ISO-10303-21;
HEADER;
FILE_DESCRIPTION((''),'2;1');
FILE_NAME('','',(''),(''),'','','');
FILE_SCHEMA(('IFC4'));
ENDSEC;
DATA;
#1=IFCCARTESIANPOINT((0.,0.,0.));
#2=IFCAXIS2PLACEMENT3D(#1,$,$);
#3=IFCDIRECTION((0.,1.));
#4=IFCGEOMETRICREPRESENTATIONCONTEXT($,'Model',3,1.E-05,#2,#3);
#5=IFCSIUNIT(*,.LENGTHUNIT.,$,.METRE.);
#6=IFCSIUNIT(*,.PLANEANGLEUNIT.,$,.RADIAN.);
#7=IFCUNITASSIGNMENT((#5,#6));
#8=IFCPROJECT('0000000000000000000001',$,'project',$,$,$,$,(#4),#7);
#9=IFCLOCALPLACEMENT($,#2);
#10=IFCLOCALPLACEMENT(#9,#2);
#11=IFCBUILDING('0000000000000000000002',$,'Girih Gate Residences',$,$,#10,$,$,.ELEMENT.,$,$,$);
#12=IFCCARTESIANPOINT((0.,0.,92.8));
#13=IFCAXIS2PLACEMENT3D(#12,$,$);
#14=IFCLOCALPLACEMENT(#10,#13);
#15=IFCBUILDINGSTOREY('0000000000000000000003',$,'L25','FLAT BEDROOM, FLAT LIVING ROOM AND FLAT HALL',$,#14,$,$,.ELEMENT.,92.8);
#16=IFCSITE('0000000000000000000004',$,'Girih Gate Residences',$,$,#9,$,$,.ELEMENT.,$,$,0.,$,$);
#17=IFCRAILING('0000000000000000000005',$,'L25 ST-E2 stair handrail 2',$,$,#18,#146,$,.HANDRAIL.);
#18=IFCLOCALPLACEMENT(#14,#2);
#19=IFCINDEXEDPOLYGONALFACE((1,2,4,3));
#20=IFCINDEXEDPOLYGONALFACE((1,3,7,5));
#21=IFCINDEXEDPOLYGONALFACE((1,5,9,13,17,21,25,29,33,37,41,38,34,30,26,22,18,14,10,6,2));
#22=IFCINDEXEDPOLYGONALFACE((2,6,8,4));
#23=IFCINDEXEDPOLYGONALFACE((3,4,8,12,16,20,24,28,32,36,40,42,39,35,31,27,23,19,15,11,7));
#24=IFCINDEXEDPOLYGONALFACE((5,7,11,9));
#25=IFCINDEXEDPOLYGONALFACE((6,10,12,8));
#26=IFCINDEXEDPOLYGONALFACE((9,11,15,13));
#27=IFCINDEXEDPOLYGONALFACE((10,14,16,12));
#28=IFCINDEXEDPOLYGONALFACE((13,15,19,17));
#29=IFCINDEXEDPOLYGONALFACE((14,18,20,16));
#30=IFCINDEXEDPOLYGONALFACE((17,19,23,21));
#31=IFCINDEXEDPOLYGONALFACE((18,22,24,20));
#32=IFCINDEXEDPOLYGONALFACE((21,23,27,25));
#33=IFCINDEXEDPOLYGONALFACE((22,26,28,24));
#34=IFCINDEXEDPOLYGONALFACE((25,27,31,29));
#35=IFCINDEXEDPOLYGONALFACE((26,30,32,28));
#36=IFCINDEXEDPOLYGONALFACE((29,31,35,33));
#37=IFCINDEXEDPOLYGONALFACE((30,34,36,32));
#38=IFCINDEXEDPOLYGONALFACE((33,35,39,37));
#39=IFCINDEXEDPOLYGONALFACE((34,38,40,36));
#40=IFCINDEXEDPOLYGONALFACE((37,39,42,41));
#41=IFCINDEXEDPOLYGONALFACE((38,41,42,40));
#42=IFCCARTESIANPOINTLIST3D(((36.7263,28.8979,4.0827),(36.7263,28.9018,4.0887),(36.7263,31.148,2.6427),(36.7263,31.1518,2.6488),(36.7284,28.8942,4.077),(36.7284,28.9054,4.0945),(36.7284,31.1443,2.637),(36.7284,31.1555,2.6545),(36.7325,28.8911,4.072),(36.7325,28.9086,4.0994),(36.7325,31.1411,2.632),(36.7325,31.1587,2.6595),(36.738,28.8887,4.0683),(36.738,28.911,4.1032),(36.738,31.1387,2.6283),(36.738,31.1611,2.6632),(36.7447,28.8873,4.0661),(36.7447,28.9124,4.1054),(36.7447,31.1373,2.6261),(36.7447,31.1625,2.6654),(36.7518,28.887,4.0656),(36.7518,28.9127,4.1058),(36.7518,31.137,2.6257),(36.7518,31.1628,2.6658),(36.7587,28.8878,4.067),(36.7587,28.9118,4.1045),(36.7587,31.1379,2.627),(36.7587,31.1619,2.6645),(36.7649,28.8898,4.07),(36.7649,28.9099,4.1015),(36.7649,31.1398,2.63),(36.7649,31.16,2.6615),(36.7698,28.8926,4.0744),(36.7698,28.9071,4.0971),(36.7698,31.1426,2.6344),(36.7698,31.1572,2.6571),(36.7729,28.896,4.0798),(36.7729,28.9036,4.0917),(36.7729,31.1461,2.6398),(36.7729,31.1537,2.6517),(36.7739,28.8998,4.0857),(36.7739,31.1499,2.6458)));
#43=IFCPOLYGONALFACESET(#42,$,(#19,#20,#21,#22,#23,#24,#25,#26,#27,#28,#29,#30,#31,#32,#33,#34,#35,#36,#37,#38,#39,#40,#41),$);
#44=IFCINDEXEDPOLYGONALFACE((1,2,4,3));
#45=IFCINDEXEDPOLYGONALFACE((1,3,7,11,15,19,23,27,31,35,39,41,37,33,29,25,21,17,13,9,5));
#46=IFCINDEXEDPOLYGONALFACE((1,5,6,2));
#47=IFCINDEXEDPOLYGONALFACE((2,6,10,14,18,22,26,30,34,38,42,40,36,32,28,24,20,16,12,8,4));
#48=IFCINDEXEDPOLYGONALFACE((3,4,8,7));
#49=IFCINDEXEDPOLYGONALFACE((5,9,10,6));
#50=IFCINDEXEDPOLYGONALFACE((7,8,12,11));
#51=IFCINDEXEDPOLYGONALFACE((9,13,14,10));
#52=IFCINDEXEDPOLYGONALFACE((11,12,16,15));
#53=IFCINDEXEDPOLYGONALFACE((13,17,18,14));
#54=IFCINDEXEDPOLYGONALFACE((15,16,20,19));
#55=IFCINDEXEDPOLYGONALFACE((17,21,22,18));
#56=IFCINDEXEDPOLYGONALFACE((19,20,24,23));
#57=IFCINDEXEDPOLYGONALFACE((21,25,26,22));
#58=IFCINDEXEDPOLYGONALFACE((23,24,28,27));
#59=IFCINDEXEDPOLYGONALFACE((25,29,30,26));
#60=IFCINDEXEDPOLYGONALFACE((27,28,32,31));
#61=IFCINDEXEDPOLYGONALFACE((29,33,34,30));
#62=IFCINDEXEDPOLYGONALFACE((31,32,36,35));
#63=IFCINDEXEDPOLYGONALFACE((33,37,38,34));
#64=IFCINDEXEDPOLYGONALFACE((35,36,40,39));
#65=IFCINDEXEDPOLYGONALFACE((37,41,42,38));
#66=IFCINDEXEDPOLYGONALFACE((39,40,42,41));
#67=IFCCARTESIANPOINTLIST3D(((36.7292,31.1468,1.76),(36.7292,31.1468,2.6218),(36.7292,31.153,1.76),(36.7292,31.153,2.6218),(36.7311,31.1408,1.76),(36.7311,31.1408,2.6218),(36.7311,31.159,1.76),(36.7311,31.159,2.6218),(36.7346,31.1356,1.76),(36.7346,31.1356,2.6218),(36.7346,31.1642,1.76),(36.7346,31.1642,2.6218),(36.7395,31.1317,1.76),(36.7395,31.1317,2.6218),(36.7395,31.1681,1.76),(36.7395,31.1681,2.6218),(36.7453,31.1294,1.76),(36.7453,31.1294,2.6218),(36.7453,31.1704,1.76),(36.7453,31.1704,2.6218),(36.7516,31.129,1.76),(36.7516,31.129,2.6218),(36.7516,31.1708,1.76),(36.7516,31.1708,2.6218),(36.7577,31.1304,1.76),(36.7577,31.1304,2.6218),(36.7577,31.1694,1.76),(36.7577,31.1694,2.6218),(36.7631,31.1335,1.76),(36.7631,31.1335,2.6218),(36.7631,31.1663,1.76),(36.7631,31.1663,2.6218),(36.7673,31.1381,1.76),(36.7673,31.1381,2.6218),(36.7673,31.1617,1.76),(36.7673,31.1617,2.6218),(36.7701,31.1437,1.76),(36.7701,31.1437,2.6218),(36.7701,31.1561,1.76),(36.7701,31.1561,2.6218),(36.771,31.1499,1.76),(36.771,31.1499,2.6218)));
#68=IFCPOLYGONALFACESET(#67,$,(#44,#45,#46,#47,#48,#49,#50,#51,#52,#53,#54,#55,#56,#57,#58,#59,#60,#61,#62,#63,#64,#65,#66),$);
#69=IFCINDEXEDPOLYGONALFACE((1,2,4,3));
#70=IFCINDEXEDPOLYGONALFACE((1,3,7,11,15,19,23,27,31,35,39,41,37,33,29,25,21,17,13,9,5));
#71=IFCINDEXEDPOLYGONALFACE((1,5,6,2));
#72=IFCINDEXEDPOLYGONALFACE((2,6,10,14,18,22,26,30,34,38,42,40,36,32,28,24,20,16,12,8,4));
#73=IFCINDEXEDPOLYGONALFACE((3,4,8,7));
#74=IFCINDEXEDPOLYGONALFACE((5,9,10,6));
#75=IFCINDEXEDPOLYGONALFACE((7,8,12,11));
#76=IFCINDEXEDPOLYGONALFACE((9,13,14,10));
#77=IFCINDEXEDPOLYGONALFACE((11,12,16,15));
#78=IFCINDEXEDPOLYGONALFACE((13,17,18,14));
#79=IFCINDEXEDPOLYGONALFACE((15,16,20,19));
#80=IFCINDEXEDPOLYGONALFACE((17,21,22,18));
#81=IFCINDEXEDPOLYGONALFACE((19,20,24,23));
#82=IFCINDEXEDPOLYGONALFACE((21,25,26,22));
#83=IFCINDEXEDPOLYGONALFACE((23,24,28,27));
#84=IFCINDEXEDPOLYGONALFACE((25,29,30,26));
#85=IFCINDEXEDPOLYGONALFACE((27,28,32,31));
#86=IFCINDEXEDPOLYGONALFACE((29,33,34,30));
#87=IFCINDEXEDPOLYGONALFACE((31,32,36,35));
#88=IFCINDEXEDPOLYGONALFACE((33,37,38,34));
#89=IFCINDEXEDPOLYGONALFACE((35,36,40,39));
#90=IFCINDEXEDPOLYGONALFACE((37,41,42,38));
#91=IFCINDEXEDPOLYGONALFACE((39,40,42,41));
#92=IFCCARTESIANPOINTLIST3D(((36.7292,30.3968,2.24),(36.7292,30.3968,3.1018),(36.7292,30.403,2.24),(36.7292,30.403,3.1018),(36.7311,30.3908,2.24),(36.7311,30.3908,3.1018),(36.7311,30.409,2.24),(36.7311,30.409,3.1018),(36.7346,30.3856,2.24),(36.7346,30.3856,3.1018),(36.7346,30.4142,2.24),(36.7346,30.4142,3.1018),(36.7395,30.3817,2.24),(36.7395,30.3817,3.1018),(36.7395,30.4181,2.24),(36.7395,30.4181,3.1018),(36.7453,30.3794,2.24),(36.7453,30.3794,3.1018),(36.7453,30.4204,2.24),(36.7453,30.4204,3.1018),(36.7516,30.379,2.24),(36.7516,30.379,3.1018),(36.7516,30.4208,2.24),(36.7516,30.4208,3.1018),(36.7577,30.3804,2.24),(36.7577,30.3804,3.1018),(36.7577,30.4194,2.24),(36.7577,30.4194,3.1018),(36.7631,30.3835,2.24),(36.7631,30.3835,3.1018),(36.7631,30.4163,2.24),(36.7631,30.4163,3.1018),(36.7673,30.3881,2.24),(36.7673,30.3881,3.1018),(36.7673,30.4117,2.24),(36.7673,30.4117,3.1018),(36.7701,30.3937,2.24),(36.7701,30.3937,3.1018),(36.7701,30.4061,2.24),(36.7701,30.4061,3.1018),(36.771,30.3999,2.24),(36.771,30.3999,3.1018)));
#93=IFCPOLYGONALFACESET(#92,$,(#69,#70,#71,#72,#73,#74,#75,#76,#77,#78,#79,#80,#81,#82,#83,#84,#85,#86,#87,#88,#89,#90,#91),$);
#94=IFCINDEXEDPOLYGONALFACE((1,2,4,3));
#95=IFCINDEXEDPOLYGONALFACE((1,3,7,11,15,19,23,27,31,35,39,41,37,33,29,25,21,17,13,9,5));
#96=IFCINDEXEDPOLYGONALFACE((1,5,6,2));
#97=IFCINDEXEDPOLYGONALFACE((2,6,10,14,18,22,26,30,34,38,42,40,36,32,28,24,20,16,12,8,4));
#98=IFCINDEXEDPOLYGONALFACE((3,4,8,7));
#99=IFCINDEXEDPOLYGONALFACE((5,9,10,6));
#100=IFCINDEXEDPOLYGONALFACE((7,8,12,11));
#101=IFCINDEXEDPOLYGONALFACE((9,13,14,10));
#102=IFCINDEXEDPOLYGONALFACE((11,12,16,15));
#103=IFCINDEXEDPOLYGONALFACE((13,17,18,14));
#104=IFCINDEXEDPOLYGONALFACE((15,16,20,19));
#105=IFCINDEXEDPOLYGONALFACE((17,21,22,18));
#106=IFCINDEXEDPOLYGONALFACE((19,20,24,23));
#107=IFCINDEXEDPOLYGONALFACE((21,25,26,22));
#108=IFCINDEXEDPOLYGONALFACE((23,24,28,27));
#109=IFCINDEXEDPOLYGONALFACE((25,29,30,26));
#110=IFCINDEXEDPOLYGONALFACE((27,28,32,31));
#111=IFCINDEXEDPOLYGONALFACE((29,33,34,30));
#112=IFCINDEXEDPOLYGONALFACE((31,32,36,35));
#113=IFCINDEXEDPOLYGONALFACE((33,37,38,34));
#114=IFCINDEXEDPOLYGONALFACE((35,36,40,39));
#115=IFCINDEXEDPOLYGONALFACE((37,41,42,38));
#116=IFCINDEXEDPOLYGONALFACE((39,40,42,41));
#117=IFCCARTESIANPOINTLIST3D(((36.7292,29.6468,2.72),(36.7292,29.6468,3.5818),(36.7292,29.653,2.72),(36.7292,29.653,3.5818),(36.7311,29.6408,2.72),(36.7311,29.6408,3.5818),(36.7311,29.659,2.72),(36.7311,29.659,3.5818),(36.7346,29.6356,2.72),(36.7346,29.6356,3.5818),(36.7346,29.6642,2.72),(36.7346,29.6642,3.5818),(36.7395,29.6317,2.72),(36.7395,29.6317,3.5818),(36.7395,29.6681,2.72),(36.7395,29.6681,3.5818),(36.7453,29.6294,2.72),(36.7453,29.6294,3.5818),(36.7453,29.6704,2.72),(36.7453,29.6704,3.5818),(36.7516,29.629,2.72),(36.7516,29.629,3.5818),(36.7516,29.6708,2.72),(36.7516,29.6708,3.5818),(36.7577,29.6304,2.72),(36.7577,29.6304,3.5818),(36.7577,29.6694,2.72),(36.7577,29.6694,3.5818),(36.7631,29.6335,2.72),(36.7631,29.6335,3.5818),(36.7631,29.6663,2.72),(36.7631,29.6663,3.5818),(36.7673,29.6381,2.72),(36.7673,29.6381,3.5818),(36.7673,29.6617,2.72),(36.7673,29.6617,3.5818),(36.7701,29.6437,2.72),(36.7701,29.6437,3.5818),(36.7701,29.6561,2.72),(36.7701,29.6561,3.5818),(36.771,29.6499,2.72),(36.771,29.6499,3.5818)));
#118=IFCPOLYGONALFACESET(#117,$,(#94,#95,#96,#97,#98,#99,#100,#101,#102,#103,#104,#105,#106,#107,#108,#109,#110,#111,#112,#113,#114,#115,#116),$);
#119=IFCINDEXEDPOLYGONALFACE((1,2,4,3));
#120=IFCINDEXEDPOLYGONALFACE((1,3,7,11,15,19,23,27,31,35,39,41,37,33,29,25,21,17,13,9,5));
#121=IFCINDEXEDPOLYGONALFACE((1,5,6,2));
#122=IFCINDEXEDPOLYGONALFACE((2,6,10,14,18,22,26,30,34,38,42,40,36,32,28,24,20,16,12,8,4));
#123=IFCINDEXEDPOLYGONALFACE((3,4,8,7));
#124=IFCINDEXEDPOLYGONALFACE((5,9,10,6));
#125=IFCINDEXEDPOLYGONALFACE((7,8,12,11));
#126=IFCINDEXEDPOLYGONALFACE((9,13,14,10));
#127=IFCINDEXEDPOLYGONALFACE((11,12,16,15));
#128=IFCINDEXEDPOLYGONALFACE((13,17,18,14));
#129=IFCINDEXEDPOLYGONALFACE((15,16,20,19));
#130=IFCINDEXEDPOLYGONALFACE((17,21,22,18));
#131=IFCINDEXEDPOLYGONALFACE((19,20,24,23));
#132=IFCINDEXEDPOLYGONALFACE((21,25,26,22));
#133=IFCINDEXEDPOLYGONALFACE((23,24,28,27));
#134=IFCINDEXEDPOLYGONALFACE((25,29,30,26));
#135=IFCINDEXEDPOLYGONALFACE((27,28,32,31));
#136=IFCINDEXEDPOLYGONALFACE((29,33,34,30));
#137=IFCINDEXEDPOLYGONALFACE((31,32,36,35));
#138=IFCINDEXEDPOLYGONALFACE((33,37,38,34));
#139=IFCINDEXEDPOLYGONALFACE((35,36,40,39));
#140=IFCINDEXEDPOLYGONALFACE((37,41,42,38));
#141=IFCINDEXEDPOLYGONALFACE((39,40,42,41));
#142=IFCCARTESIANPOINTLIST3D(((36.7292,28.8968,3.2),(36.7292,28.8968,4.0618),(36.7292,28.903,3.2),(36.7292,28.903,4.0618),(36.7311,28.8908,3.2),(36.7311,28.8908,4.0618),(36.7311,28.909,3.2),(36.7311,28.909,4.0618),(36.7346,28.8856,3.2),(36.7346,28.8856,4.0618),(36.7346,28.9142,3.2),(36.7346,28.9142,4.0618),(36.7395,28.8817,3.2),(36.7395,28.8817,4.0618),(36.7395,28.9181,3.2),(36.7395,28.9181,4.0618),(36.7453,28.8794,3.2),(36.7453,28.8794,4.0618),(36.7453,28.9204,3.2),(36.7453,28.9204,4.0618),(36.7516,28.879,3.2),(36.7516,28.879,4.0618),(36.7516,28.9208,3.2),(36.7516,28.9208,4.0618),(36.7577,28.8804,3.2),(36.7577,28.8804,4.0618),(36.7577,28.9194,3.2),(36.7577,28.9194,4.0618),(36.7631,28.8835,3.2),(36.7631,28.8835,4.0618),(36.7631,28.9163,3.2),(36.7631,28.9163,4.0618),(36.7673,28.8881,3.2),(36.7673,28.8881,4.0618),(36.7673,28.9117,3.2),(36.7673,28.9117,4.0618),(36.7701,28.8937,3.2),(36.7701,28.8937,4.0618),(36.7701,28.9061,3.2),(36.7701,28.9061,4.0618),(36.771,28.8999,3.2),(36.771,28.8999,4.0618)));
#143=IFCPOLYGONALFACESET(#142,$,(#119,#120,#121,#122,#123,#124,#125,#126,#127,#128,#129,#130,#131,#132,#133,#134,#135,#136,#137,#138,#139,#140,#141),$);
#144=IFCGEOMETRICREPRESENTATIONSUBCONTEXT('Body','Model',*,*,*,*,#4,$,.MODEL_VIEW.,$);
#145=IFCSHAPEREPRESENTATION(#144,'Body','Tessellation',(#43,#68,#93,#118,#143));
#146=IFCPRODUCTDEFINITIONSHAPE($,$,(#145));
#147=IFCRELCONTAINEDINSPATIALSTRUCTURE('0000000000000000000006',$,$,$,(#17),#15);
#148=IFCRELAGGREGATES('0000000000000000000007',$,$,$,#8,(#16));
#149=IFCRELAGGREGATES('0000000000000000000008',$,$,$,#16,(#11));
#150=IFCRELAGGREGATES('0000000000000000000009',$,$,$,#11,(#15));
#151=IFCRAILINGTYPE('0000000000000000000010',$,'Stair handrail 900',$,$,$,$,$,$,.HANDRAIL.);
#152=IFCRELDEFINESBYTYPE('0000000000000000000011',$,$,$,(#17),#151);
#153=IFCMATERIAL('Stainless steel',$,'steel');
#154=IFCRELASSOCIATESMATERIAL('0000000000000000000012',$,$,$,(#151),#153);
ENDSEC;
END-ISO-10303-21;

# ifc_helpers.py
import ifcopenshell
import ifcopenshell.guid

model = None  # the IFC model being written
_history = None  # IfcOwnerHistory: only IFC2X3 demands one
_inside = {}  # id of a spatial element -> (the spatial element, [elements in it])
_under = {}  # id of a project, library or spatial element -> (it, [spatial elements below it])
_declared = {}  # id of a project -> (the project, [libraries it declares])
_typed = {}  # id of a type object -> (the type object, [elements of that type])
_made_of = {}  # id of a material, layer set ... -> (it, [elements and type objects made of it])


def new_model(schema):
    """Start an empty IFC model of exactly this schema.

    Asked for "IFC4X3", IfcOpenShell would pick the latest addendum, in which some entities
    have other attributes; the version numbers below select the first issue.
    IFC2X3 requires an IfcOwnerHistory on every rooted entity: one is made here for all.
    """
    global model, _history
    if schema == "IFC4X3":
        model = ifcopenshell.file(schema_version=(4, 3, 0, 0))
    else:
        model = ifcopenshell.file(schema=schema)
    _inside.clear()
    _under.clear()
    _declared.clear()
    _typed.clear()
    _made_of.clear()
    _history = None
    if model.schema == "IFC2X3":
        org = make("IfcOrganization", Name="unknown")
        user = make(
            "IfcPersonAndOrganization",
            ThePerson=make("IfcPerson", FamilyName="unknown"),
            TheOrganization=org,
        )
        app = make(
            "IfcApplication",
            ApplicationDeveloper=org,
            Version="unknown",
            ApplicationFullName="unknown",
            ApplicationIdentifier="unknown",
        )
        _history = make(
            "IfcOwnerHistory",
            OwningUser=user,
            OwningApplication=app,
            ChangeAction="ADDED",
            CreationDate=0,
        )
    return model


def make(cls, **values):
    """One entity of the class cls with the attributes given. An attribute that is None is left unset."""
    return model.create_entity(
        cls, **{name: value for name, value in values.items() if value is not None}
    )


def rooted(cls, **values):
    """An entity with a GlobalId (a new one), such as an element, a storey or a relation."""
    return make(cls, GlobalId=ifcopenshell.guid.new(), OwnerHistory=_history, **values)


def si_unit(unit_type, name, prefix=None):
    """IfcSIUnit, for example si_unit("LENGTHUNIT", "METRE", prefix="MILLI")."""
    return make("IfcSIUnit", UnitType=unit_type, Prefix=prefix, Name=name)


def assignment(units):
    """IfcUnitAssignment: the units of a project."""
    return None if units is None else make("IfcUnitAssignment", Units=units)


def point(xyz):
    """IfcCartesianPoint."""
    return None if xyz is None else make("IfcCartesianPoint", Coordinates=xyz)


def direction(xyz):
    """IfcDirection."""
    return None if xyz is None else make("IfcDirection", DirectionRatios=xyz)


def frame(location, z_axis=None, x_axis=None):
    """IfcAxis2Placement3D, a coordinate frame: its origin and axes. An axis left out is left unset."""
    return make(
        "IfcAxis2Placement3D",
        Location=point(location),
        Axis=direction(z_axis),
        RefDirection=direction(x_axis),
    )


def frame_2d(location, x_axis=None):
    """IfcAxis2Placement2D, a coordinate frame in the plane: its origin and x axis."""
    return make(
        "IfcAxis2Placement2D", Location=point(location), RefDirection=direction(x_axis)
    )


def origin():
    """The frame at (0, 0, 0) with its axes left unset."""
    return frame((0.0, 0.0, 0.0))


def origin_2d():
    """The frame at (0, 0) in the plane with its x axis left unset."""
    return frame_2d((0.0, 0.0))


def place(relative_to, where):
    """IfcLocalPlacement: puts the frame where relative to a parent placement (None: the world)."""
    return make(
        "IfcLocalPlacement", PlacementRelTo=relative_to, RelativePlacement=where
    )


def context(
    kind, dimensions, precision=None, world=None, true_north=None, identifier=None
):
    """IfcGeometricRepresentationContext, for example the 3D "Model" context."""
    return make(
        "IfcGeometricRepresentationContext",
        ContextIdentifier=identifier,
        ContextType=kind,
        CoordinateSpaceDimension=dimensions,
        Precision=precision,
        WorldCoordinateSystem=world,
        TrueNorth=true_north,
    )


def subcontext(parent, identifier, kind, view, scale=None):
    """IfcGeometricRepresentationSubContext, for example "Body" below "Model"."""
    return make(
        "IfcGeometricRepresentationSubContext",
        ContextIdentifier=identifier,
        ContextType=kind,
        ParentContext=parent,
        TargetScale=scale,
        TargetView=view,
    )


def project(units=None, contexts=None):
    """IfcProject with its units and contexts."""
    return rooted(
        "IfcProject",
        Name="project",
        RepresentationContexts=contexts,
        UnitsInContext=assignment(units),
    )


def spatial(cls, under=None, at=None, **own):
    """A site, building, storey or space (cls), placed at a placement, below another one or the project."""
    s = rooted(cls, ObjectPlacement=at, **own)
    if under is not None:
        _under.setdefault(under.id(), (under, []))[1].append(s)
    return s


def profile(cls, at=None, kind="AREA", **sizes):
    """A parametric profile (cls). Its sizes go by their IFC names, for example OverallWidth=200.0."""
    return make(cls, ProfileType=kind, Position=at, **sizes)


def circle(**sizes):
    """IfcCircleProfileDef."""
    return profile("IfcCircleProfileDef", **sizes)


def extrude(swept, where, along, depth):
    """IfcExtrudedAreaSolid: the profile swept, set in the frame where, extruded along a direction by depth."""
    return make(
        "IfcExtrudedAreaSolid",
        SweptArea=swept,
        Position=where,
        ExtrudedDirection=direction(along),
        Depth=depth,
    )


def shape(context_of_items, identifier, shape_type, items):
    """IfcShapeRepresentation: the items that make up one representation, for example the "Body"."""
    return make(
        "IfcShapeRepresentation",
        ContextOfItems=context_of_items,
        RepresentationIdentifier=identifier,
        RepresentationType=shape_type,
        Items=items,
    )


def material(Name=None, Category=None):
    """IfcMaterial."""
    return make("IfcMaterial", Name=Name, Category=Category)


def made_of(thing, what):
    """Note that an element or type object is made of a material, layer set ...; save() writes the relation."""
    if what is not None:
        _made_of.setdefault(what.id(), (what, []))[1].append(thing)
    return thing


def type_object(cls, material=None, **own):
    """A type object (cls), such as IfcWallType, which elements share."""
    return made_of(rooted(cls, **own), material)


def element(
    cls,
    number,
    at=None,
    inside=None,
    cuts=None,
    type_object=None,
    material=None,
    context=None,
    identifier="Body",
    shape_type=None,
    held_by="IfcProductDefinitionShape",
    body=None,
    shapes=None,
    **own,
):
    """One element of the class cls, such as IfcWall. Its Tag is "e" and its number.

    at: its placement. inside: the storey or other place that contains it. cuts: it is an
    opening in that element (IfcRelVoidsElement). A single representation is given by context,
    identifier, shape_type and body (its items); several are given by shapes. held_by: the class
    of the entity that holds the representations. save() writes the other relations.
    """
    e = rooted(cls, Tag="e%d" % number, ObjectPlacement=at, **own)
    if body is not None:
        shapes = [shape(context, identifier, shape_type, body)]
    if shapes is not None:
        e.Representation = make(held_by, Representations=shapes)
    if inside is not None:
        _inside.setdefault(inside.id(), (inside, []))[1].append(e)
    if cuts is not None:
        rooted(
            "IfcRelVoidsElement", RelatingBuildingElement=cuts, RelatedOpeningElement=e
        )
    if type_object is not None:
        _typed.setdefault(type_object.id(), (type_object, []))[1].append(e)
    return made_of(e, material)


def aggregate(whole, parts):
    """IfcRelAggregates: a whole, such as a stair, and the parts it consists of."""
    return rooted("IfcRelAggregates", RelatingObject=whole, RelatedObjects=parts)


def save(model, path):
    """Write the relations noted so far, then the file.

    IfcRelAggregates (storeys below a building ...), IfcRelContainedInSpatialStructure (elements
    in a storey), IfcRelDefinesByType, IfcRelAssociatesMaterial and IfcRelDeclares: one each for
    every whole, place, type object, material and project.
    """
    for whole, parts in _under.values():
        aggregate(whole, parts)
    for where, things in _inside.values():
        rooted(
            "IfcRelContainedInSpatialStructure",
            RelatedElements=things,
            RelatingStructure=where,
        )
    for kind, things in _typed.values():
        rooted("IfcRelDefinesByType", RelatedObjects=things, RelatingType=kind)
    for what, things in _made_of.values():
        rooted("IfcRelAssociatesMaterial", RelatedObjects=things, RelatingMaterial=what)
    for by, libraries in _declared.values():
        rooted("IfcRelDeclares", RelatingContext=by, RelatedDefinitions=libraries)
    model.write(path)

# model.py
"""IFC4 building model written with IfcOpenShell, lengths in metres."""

from ifc_helpers import new_model, si_unit, direction, frame, origin, origin_2d, place, context, subcontext, project, spatial, circle, extrude, material, type_object, element, save


model = new_model("IFC4")

# Units and contexts
model_context = context("Model", 3, precision=1e-05, world=origin(), true_north=direction((0.0, 1.0)))
body_context = subcontext(model_context, "Body", "Model", "MODEL_VIEW")
ifc_project = project(units=[si_unit("LENGTHUNIT", "METRE"), si_unit("PLANEANGLEUNIT", "RADIAN")], contexts=[model_context])

# Site, building, storey
site_placement = place(None, origin())
site = spatial("IfcSite", under=ifc_project, at=site_placement, Name="Girih Gate Residences", CompositionType="ELEMENT", RefElevation=0.0)
building_placement = place(site_placement, origin())
building = spatial("IfcBuilding", under=site, at=building_placement, Name="Girih Gate Residences", CompositionType="ELEMENT")
storey_placement = place(building_placement, frame((0.0, 0.0, 92.8)))
storey = spatial("IfcBuildingStorey", under=building, at=storey_placement, Name="L25", Description="FLAT BEDROOM, FLAT LIVING ROOM AND FLAT HALL", CompositionType="ELEMENT", Elevation=92.8)

# Shared definitions
ifc_material_1 = material(Name="Stainless steel", Category="steel")

# Railing
railing_type_1 = type_object("IfcRailingType", Name="Stair handrail 900", PredefinedType="HANDRAIL", material=ifc_material_1)
railing_1_placement = place(storey_placement, frame((36.75, 31.1499, 1.76)))
element("IfcRailing", 1, at=railing_1_placement, inside=storey, type_object=railing_type_1, Name="L25 ST-E2 stair handrail 2", PredefinedType="HANDRAIL", context=body_context, shape_type="SweptSolid", body=[
    extrude(circle(Radius=0.0239, at=origin_2d()), frame((0.0, 0.0, 0.8857), z_axis=(0.0, -0.842281, 0.539038), x_axis=(1.0, 0.0, 0.0)), (0.0, 0.0, 1.0), 2.6714),
    extrude(circle(Radius=0.021, at=origin_2d()), origin(), (0.0, 0.0, 1.0), 0.8618),
    extrude(circle(Radius=0.021, at=origin_2d()), frame((0.0, -0.75, 0.48)), (0.0, 0.0, 1.0), 0.8618),
    extrude(circle(Radius=0.021, at=origin_2d()), frame((0.0, -1.5, 0.96)), (0.0, 0.0, 1.0), 0.8618),
    extrude(circle(Radius=0.021, at=origin_2d()), frame((0.0, -2.25, 1.4399)), (0.0, 0.0, 1.0), 0.8618),
])

save(model, "model.ifc")
